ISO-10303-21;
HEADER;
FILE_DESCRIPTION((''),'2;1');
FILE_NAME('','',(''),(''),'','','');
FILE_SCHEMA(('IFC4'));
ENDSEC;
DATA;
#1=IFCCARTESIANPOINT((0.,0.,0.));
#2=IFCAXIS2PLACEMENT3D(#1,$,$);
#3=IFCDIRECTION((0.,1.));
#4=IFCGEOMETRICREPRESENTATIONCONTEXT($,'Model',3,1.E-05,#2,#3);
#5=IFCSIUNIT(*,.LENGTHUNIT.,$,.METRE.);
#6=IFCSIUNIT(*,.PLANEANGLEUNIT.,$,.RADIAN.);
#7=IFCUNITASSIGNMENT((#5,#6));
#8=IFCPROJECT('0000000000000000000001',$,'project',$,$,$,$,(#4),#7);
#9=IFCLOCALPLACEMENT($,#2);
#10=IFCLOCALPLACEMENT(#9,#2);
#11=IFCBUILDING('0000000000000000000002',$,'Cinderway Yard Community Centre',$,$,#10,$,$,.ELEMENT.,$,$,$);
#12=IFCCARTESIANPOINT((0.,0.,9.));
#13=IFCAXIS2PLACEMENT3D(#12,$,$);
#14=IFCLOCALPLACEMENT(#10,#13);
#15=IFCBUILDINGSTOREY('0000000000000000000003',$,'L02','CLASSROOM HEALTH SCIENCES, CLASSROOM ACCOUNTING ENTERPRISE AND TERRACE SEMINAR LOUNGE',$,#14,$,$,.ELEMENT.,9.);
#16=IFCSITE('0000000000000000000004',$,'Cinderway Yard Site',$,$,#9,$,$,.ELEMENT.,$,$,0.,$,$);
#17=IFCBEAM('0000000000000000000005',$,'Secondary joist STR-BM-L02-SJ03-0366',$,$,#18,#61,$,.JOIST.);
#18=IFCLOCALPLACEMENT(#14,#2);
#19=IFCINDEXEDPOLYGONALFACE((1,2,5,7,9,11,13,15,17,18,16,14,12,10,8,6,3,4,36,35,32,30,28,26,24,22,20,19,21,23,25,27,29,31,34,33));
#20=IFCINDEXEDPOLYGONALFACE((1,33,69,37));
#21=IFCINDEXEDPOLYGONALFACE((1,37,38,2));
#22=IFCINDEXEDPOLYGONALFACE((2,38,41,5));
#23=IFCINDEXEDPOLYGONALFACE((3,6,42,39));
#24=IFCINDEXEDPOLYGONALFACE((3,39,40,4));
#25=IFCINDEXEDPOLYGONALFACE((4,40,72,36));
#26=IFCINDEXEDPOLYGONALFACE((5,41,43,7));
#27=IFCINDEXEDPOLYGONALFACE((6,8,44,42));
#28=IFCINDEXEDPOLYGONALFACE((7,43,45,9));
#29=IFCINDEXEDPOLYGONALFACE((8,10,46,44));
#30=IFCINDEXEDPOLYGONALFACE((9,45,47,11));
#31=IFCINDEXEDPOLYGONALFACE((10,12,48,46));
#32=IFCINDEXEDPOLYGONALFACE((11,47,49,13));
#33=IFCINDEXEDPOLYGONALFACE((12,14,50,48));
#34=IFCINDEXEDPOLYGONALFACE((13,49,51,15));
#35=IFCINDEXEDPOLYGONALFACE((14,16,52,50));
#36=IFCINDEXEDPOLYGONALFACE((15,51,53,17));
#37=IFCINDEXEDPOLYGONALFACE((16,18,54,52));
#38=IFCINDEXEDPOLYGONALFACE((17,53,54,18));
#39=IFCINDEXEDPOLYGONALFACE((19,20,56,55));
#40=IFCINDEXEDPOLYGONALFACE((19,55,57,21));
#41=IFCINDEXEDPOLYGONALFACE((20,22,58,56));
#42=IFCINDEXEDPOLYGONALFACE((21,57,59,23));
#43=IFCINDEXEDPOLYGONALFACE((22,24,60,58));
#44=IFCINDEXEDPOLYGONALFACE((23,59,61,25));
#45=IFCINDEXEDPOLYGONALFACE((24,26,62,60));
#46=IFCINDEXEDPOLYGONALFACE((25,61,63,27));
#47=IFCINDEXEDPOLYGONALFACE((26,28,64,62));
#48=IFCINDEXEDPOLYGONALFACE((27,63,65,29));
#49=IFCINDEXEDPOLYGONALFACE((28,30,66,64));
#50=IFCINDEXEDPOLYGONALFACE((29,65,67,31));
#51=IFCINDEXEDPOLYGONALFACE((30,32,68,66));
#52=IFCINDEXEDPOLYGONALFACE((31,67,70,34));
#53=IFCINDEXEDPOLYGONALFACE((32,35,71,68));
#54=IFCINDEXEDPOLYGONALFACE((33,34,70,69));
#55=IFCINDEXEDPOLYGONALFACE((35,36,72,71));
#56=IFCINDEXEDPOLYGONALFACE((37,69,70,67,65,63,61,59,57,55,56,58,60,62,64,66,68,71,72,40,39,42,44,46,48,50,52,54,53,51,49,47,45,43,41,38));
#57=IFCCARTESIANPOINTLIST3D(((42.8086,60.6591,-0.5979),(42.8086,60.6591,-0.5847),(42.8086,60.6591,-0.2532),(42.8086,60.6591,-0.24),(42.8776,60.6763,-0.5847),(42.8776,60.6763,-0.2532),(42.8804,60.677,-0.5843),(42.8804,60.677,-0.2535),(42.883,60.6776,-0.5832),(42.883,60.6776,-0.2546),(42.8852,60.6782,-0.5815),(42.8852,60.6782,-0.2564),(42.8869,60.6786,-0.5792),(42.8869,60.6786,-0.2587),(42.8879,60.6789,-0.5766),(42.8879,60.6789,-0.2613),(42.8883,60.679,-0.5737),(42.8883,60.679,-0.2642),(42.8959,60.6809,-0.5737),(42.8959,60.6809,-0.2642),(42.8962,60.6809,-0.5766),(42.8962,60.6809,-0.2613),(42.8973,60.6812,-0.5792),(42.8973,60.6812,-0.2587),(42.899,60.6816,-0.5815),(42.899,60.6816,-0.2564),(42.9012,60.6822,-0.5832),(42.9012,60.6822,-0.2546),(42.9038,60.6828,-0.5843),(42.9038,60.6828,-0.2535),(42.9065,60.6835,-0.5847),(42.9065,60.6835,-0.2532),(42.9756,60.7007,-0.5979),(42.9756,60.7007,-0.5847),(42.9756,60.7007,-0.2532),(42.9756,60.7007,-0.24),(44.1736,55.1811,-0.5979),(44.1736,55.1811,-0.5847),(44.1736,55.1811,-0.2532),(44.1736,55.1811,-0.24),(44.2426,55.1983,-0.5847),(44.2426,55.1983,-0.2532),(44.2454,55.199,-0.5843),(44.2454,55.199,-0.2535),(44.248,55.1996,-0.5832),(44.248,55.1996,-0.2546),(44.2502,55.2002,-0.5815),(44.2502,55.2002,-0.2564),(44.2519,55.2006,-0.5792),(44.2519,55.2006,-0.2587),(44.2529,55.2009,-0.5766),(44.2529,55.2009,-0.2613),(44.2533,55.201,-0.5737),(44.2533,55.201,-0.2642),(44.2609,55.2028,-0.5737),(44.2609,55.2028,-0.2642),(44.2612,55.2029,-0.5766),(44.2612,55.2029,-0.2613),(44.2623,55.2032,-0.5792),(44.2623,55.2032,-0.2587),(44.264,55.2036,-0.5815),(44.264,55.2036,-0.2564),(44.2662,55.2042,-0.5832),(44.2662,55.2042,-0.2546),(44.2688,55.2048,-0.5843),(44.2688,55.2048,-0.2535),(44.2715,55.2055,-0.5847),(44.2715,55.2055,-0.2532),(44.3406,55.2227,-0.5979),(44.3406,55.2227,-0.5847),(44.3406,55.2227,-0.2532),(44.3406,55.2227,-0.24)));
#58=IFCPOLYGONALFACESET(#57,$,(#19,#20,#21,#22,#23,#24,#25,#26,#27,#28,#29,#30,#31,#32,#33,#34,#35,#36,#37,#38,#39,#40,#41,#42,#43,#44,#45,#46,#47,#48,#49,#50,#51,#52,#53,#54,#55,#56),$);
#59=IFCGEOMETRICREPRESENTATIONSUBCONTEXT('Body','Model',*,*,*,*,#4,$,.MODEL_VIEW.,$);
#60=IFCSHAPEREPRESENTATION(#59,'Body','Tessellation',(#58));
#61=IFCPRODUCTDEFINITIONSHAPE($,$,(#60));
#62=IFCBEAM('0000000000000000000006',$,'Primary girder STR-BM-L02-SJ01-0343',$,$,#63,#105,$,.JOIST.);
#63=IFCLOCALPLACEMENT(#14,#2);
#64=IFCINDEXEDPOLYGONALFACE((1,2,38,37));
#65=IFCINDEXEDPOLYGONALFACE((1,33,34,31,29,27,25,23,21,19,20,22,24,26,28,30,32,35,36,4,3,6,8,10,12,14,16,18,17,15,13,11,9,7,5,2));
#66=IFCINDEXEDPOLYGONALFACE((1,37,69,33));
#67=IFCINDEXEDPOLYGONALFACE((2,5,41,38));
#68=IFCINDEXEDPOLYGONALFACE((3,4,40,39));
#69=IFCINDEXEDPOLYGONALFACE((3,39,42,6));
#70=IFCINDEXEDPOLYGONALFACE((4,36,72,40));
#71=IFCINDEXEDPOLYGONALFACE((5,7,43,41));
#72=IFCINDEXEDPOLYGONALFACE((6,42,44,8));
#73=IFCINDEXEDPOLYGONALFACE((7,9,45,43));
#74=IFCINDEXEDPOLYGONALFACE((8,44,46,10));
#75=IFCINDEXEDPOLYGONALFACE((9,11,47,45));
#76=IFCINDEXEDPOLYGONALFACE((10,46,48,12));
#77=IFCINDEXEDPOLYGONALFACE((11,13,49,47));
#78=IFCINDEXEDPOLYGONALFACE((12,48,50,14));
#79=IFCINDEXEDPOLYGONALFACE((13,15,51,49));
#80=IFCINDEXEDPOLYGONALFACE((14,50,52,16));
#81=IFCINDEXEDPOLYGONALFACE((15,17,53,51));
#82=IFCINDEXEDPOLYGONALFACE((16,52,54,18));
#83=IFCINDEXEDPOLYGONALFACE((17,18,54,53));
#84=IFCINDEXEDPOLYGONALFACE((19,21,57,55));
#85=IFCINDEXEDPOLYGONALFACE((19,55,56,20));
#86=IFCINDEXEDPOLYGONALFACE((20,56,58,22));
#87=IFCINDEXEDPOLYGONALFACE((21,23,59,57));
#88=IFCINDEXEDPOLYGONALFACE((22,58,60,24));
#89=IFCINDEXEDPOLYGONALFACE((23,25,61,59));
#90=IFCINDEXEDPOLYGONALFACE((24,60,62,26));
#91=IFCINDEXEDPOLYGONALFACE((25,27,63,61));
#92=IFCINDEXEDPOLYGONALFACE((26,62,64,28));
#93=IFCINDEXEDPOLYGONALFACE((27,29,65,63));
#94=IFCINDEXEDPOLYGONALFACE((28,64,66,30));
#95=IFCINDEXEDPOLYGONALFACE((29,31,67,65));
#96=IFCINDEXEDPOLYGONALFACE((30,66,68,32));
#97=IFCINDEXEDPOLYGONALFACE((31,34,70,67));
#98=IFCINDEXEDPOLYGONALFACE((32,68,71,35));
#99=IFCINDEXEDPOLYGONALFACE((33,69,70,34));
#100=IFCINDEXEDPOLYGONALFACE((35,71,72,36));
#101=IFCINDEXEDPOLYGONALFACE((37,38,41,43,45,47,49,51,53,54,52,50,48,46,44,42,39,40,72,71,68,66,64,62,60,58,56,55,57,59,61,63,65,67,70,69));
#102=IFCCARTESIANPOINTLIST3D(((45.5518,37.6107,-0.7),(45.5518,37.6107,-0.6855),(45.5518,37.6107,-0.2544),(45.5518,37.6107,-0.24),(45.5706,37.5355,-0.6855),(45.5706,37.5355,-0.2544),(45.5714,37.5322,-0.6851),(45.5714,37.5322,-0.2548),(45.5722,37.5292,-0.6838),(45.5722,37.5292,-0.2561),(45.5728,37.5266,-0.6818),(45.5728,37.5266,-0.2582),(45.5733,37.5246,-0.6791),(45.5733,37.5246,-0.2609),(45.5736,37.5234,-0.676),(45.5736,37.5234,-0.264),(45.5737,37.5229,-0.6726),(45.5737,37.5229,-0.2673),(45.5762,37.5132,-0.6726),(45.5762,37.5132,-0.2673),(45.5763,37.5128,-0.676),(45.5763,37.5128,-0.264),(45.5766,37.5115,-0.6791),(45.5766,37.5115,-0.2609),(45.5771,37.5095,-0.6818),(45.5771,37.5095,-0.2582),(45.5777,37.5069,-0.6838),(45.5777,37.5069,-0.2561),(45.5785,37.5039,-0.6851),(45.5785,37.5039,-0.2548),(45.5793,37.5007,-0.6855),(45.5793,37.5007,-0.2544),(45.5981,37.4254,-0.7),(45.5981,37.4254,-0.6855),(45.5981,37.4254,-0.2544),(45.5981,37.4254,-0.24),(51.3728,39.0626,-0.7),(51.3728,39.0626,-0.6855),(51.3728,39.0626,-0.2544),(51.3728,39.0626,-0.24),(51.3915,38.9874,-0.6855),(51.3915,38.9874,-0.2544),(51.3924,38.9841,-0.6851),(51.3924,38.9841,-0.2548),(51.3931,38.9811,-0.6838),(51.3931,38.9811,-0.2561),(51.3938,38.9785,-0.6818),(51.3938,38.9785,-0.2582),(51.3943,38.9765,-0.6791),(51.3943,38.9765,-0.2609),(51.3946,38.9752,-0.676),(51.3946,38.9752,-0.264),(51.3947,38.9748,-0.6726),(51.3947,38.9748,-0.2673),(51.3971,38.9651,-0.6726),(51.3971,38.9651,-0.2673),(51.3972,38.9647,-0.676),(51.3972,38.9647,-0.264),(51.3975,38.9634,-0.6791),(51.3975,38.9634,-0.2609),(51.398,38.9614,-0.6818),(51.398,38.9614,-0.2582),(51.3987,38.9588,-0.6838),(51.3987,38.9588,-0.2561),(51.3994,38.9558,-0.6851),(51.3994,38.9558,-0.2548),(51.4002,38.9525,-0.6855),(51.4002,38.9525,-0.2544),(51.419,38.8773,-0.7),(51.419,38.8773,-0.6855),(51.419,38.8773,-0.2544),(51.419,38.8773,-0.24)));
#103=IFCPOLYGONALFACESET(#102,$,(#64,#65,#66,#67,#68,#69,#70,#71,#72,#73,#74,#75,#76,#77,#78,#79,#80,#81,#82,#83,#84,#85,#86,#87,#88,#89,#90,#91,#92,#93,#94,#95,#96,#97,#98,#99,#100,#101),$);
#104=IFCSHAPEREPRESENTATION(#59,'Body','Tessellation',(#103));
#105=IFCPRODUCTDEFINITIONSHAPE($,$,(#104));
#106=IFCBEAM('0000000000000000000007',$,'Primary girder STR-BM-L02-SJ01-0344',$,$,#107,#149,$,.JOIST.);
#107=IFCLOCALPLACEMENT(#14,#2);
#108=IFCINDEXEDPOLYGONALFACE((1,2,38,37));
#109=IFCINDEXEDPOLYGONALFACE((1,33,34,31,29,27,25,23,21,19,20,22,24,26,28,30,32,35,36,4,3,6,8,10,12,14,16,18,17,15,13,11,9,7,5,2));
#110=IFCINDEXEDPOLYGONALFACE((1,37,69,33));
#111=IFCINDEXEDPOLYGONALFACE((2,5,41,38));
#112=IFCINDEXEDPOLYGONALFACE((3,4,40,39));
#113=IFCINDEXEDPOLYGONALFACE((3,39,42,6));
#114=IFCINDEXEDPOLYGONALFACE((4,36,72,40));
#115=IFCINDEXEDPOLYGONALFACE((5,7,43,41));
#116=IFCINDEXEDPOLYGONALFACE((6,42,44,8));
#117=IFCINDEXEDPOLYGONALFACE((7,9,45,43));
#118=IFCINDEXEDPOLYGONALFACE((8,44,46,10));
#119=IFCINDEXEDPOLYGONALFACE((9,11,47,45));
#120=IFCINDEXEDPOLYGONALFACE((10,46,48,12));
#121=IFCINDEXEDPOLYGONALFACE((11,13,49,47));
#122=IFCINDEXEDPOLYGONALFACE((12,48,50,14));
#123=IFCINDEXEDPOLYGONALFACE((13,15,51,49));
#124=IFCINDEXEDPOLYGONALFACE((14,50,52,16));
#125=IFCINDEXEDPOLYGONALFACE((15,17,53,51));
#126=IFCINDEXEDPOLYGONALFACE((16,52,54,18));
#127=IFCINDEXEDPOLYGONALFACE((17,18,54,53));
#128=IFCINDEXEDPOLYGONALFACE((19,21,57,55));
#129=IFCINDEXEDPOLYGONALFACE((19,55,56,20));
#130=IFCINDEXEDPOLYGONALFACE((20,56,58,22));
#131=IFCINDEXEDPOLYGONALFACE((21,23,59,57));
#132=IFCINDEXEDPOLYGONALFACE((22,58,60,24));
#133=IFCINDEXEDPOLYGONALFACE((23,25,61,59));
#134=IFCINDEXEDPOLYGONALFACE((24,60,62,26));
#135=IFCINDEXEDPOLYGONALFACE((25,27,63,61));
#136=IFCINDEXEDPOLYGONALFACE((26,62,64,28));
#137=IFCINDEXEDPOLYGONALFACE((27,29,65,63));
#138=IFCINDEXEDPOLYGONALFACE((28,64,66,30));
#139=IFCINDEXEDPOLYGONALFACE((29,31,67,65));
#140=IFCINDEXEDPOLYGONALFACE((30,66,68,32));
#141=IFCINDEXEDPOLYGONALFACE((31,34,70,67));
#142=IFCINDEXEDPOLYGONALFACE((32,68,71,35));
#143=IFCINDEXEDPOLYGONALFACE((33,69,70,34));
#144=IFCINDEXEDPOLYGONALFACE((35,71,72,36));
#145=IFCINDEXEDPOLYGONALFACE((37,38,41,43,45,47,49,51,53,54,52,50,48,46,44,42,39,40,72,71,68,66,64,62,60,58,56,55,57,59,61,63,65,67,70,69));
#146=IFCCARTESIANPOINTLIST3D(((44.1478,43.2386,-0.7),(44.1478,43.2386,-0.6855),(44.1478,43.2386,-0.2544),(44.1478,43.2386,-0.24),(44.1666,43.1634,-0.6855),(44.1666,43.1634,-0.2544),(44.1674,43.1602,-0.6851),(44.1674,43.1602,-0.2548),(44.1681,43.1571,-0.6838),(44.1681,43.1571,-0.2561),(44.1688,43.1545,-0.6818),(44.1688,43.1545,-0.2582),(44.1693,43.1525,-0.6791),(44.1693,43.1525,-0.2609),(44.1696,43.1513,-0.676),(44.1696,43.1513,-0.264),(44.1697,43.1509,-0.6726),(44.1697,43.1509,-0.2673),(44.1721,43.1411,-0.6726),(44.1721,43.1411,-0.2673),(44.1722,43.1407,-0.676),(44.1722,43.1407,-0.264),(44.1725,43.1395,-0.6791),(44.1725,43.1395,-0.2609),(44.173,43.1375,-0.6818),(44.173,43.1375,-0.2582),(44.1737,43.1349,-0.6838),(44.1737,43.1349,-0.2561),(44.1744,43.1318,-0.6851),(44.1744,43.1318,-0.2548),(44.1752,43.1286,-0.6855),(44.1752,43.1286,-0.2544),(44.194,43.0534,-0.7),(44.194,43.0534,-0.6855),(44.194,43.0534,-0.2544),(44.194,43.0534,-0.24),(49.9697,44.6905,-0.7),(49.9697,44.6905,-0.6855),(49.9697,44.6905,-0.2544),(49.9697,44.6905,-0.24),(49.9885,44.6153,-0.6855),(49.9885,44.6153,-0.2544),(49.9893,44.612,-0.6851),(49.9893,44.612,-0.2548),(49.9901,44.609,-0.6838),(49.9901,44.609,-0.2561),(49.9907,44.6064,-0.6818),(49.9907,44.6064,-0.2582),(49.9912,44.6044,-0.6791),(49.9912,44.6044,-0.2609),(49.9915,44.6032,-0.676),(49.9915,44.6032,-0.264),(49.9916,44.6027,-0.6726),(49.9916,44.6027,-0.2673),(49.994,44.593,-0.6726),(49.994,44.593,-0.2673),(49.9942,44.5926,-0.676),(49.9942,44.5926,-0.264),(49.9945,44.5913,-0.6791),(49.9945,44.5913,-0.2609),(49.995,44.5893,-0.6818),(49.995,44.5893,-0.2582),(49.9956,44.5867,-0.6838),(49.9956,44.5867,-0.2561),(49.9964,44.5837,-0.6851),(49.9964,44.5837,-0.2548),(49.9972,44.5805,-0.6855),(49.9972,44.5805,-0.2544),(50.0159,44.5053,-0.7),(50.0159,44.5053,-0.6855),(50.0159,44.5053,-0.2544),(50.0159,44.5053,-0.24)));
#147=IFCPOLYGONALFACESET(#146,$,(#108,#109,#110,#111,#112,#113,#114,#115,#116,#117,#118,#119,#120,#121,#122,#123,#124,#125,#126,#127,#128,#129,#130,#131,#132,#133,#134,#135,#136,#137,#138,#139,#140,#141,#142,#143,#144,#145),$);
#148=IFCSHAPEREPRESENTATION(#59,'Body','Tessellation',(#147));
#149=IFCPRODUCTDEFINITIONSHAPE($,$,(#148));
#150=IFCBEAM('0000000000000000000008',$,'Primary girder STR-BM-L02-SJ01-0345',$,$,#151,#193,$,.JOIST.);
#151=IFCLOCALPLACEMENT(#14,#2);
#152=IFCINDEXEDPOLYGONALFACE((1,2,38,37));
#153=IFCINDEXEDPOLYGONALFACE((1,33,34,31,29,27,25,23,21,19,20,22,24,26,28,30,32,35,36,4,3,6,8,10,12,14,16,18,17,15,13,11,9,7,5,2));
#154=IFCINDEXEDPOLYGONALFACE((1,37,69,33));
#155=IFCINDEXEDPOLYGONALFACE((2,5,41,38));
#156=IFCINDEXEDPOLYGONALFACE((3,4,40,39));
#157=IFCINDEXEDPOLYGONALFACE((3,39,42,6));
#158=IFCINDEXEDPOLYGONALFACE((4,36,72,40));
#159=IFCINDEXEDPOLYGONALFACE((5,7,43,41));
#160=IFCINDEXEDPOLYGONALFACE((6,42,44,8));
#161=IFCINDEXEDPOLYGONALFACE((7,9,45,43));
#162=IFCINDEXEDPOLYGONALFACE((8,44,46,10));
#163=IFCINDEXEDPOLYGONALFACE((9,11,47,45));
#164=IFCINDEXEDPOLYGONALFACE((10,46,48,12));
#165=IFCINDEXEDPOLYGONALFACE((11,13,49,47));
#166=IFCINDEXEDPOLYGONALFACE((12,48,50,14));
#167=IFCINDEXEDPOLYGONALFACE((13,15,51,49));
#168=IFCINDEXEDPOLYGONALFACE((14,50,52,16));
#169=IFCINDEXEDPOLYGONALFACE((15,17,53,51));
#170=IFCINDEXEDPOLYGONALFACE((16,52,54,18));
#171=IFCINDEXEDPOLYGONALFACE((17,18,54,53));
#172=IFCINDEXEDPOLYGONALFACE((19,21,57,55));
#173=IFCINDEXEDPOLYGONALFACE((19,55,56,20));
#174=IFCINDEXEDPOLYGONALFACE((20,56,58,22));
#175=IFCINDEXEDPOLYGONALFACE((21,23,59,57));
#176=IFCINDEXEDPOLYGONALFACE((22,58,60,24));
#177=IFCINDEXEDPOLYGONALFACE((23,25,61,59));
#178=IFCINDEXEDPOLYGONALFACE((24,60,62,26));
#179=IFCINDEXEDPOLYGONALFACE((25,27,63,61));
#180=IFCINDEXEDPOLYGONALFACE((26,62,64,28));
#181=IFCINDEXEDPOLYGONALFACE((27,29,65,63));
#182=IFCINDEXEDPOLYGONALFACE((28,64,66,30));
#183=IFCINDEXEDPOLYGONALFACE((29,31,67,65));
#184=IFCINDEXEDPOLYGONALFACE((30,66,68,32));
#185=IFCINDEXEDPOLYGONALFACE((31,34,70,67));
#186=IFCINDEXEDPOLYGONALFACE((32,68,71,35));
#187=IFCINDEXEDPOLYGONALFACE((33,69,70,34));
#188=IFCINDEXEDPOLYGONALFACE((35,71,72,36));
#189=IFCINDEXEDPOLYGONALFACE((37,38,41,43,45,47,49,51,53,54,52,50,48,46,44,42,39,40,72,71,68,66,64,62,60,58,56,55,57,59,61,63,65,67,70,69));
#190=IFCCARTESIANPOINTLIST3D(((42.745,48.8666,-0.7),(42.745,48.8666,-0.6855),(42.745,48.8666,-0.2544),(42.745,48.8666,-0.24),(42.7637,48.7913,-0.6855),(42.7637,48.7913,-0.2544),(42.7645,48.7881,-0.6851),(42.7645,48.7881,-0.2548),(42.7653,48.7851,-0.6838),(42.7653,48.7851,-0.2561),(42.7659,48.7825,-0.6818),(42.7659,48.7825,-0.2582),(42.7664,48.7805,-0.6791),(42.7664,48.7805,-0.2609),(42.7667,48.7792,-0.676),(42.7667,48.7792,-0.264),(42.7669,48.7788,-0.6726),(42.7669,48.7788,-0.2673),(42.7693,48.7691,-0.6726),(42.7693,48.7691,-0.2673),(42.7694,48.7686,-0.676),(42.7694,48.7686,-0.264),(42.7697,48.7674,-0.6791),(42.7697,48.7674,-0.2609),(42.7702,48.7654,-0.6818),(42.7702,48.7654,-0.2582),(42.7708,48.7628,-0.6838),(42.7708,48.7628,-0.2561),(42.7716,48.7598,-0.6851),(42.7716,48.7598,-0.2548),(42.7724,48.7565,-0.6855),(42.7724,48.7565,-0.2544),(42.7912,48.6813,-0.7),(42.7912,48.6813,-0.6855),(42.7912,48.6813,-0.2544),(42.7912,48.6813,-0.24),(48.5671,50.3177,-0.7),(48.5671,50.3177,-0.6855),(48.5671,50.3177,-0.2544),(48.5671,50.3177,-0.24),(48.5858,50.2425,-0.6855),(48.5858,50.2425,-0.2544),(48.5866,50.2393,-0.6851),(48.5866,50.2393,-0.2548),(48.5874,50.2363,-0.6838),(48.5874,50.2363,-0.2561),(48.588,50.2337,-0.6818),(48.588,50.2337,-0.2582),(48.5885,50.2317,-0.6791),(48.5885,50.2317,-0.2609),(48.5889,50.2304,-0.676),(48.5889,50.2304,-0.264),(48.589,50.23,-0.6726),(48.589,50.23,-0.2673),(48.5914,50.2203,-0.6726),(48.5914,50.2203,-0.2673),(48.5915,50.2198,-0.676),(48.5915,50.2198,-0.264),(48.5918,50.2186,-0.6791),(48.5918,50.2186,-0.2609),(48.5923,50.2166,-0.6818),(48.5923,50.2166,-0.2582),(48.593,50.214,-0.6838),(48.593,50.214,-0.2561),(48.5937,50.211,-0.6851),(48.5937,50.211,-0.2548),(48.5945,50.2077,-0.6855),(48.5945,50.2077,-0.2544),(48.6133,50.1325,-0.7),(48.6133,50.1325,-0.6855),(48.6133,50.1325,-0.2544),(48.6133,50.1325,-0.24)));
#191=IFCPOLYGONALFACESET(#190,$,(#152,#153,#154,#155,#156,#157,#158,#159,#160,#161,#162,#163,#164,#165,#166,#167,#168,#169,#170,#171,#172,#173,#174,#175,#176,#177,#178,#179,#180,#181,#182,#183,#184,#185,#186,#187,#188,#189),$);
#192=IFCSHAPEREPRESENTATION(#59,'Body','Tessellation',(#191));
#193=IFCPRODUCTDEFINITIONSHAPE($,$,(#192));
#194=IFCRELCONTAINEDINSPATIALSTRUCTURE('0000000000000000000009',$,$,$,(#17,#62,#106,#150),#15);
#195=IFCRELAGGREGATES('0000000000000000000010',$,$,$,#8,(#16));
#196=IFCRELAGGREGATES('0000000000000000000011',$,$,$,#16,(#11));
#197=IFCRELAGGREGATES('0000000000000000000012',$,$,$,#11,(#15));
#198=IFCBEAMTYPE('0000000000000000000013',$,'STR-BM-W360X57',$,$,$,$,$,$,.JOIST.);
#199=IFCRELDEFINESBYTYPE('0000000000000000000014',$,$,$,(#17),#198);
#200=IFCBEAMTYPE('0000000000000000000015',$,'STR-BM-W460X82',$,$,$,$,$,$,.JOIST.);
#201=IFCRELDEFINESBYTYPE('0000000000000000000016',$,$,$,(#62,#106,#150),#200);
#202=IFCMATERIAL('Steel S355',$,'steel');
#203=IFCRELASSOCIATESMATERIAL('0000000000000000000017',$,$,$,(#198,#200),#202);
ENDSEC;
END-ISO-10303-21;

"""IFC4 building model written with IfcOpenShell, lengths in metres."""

from ifc_helpers import new_model, si_unit, direction, frame, origin, origin_2d, place, context, subcontext, project, spatial, i_section, extrude, material, material_profile, profile_set, type_object, element, save


model = new_model("IFC4")

# Units and contexts
model_context = context("Model", 3, precision=1e-05, world=origin(), true_north=direction((0.0, 1.0)))
body_context = subcontext(model_context, "Body", "Model", "MODEL_VIEW")
ifc_project = project(units=[si_unit("LENGTHUNIT", "METRE"), si_unit("PLANEANGLEUNIT", "RADIAN")], contexts=[model_context])

# Site, building, storey
site_placement = place(None, origin())
site = spatial("IfcSite", under=ifc_project, at=site_placement, Name="Cinderway Yard Site", CompositionType="ELEMENT", RefElevation=0.0)
building_placement = place(site_placement, origin())
building = spatial("IfcBuilding", under=site, at=building_placement, Name="Cinderway Yard Community Centre", CompositionType="ELEMENT")
storey_placement = place(building_placement, frame((0.0, 0.0, 9.0)))
storey = spatial("IfcBuildingStorey", under=building, at=storey_placement, Name="L02", Description="CLASSROOM HEALTH SCIENCES, CLASSROOM ACCOUNTING ENTERPRISE AND TERRACE SEMINAR LOUNGE", CompositionType="ELEMENT", Elevation=9.0)

# Beams
ifc_material_1 = material(Name="Steel S355", Category="steel")
ifc_material_profile_1 = material_profile(ifc_material_1, i_section(OverallWidth=0.1721, OverallDepth=0.3579, WebThickness=0.0078, FlangeThickness=0.0132, FilletRadius=0.011, at=origin_2d()), Name="Steel S355")
ifc_profile_set_1 = profile_set([ifc_material_profile_1], Name="Steel S355")
beam_type_1 = type_object("IfcBeamType", Name="STR-BM-W360X57", PredefinedType="JOIST", material=ifc_profile_set_1)
beam_1_placement = place(storey_placement, frame((44.2571, 55.2019, -0.4189), z_axis=(-0.241783, 0.97033, 0.0), x_axis=(-0.97033, -0.241783, 0.0)))
element("IfcBeam", 1, at=beam_1_placement, inside=storey, type_object=beam_type_1, Name="Secondary joist STR-BM-L02-SJ03-0366", PredefinedType="JOIST", context=body_context, shape_type="SweptSolid", body=[
    extrude(i_section(OverallWidth=0.1721, OverallDepth=0.3579, WebThickness=0.0078, FlangeThickness=0.0132, FilletRadius=0.011, at=origin_2d()), origin(), (0.0, 0.0, 1.0), 5.6455),
])
ifc_material_profile_2 = material_profile(ifc_material_1, i_section(OverallWidth=0.1909, OverallDepth=0.46, WebThickness=0.01, FlangeThickness=0.0144, FilletRadius=0.0129, at=origin_2d()), Name="Steel S355")
ifc_profile_set_2 = profile_set([ifc_material_profile_2], Name="Steel S355")
beam_type_2 = type_object("IfcBeamType", Name="STR-BM-W460X82", PredefinedType="JOIST", material=ifc_profile_set_2)
beam_2_placement = place(storey_placement, frame((45.575, 37.5181, -0.47), z_axis=(0.970274, 0.242009, 0.0), x_axis=(-0.242009, 0.970274, 0.0)))
element("IfcBeam", 2, at=beam_2_placement, inside=storey, type_object=beam_type_2, Name="Primary girder STR-BM-L02-SJ01-0343", PredefinedType="JOIST", context=body_context, shape_type="SweptSolid", body=[
    extrude(i_section(OverallWidth=0.1909, OverallDepth=0.46, WebThickness=0.01, FlangeThickness=0.0144, FilletRadius=0.0129, at=origin_2d()), origin(), (0.0, 0.0, 1.0), 5.9993),
])
for number, where, z_axis, x_axis, name in (
    (3, (44.1709, 43.146, -0.47), (0.970284, 0.241971, 0.0), (-0.241971, 0.970284, 0.0), "Primary girder STR-BM-L02-SJ01-0344"),
    (4, (42.7681, 48.7739, -0.47), (0.970312, 0.241856, 0.0), (-0.241856, 0.970312, 0.0), "Primary girder STR-BM-L02-SJ01-0345"),
):
    element("IfcBeam", number, at=place(storey_placement, frame(where, z_axis=z_axis, x_axis=x_axis)), inside=storey, type_object=beam_type_2, Name=name, PredefinedType="JOIST", context=body_context, shape_type="SweptSolid", body=[
        extrude(i_section(OverallWidth=0.1909, OverallDepth=0.46, WebThickness=0.01, FlangeThickness=0.0144, FilletRadius=0.0129, at=origin_2d()), origin(), (0.0, 0.0, 1.0), 6.0002),
    ])

save(model, "model.ifc")
